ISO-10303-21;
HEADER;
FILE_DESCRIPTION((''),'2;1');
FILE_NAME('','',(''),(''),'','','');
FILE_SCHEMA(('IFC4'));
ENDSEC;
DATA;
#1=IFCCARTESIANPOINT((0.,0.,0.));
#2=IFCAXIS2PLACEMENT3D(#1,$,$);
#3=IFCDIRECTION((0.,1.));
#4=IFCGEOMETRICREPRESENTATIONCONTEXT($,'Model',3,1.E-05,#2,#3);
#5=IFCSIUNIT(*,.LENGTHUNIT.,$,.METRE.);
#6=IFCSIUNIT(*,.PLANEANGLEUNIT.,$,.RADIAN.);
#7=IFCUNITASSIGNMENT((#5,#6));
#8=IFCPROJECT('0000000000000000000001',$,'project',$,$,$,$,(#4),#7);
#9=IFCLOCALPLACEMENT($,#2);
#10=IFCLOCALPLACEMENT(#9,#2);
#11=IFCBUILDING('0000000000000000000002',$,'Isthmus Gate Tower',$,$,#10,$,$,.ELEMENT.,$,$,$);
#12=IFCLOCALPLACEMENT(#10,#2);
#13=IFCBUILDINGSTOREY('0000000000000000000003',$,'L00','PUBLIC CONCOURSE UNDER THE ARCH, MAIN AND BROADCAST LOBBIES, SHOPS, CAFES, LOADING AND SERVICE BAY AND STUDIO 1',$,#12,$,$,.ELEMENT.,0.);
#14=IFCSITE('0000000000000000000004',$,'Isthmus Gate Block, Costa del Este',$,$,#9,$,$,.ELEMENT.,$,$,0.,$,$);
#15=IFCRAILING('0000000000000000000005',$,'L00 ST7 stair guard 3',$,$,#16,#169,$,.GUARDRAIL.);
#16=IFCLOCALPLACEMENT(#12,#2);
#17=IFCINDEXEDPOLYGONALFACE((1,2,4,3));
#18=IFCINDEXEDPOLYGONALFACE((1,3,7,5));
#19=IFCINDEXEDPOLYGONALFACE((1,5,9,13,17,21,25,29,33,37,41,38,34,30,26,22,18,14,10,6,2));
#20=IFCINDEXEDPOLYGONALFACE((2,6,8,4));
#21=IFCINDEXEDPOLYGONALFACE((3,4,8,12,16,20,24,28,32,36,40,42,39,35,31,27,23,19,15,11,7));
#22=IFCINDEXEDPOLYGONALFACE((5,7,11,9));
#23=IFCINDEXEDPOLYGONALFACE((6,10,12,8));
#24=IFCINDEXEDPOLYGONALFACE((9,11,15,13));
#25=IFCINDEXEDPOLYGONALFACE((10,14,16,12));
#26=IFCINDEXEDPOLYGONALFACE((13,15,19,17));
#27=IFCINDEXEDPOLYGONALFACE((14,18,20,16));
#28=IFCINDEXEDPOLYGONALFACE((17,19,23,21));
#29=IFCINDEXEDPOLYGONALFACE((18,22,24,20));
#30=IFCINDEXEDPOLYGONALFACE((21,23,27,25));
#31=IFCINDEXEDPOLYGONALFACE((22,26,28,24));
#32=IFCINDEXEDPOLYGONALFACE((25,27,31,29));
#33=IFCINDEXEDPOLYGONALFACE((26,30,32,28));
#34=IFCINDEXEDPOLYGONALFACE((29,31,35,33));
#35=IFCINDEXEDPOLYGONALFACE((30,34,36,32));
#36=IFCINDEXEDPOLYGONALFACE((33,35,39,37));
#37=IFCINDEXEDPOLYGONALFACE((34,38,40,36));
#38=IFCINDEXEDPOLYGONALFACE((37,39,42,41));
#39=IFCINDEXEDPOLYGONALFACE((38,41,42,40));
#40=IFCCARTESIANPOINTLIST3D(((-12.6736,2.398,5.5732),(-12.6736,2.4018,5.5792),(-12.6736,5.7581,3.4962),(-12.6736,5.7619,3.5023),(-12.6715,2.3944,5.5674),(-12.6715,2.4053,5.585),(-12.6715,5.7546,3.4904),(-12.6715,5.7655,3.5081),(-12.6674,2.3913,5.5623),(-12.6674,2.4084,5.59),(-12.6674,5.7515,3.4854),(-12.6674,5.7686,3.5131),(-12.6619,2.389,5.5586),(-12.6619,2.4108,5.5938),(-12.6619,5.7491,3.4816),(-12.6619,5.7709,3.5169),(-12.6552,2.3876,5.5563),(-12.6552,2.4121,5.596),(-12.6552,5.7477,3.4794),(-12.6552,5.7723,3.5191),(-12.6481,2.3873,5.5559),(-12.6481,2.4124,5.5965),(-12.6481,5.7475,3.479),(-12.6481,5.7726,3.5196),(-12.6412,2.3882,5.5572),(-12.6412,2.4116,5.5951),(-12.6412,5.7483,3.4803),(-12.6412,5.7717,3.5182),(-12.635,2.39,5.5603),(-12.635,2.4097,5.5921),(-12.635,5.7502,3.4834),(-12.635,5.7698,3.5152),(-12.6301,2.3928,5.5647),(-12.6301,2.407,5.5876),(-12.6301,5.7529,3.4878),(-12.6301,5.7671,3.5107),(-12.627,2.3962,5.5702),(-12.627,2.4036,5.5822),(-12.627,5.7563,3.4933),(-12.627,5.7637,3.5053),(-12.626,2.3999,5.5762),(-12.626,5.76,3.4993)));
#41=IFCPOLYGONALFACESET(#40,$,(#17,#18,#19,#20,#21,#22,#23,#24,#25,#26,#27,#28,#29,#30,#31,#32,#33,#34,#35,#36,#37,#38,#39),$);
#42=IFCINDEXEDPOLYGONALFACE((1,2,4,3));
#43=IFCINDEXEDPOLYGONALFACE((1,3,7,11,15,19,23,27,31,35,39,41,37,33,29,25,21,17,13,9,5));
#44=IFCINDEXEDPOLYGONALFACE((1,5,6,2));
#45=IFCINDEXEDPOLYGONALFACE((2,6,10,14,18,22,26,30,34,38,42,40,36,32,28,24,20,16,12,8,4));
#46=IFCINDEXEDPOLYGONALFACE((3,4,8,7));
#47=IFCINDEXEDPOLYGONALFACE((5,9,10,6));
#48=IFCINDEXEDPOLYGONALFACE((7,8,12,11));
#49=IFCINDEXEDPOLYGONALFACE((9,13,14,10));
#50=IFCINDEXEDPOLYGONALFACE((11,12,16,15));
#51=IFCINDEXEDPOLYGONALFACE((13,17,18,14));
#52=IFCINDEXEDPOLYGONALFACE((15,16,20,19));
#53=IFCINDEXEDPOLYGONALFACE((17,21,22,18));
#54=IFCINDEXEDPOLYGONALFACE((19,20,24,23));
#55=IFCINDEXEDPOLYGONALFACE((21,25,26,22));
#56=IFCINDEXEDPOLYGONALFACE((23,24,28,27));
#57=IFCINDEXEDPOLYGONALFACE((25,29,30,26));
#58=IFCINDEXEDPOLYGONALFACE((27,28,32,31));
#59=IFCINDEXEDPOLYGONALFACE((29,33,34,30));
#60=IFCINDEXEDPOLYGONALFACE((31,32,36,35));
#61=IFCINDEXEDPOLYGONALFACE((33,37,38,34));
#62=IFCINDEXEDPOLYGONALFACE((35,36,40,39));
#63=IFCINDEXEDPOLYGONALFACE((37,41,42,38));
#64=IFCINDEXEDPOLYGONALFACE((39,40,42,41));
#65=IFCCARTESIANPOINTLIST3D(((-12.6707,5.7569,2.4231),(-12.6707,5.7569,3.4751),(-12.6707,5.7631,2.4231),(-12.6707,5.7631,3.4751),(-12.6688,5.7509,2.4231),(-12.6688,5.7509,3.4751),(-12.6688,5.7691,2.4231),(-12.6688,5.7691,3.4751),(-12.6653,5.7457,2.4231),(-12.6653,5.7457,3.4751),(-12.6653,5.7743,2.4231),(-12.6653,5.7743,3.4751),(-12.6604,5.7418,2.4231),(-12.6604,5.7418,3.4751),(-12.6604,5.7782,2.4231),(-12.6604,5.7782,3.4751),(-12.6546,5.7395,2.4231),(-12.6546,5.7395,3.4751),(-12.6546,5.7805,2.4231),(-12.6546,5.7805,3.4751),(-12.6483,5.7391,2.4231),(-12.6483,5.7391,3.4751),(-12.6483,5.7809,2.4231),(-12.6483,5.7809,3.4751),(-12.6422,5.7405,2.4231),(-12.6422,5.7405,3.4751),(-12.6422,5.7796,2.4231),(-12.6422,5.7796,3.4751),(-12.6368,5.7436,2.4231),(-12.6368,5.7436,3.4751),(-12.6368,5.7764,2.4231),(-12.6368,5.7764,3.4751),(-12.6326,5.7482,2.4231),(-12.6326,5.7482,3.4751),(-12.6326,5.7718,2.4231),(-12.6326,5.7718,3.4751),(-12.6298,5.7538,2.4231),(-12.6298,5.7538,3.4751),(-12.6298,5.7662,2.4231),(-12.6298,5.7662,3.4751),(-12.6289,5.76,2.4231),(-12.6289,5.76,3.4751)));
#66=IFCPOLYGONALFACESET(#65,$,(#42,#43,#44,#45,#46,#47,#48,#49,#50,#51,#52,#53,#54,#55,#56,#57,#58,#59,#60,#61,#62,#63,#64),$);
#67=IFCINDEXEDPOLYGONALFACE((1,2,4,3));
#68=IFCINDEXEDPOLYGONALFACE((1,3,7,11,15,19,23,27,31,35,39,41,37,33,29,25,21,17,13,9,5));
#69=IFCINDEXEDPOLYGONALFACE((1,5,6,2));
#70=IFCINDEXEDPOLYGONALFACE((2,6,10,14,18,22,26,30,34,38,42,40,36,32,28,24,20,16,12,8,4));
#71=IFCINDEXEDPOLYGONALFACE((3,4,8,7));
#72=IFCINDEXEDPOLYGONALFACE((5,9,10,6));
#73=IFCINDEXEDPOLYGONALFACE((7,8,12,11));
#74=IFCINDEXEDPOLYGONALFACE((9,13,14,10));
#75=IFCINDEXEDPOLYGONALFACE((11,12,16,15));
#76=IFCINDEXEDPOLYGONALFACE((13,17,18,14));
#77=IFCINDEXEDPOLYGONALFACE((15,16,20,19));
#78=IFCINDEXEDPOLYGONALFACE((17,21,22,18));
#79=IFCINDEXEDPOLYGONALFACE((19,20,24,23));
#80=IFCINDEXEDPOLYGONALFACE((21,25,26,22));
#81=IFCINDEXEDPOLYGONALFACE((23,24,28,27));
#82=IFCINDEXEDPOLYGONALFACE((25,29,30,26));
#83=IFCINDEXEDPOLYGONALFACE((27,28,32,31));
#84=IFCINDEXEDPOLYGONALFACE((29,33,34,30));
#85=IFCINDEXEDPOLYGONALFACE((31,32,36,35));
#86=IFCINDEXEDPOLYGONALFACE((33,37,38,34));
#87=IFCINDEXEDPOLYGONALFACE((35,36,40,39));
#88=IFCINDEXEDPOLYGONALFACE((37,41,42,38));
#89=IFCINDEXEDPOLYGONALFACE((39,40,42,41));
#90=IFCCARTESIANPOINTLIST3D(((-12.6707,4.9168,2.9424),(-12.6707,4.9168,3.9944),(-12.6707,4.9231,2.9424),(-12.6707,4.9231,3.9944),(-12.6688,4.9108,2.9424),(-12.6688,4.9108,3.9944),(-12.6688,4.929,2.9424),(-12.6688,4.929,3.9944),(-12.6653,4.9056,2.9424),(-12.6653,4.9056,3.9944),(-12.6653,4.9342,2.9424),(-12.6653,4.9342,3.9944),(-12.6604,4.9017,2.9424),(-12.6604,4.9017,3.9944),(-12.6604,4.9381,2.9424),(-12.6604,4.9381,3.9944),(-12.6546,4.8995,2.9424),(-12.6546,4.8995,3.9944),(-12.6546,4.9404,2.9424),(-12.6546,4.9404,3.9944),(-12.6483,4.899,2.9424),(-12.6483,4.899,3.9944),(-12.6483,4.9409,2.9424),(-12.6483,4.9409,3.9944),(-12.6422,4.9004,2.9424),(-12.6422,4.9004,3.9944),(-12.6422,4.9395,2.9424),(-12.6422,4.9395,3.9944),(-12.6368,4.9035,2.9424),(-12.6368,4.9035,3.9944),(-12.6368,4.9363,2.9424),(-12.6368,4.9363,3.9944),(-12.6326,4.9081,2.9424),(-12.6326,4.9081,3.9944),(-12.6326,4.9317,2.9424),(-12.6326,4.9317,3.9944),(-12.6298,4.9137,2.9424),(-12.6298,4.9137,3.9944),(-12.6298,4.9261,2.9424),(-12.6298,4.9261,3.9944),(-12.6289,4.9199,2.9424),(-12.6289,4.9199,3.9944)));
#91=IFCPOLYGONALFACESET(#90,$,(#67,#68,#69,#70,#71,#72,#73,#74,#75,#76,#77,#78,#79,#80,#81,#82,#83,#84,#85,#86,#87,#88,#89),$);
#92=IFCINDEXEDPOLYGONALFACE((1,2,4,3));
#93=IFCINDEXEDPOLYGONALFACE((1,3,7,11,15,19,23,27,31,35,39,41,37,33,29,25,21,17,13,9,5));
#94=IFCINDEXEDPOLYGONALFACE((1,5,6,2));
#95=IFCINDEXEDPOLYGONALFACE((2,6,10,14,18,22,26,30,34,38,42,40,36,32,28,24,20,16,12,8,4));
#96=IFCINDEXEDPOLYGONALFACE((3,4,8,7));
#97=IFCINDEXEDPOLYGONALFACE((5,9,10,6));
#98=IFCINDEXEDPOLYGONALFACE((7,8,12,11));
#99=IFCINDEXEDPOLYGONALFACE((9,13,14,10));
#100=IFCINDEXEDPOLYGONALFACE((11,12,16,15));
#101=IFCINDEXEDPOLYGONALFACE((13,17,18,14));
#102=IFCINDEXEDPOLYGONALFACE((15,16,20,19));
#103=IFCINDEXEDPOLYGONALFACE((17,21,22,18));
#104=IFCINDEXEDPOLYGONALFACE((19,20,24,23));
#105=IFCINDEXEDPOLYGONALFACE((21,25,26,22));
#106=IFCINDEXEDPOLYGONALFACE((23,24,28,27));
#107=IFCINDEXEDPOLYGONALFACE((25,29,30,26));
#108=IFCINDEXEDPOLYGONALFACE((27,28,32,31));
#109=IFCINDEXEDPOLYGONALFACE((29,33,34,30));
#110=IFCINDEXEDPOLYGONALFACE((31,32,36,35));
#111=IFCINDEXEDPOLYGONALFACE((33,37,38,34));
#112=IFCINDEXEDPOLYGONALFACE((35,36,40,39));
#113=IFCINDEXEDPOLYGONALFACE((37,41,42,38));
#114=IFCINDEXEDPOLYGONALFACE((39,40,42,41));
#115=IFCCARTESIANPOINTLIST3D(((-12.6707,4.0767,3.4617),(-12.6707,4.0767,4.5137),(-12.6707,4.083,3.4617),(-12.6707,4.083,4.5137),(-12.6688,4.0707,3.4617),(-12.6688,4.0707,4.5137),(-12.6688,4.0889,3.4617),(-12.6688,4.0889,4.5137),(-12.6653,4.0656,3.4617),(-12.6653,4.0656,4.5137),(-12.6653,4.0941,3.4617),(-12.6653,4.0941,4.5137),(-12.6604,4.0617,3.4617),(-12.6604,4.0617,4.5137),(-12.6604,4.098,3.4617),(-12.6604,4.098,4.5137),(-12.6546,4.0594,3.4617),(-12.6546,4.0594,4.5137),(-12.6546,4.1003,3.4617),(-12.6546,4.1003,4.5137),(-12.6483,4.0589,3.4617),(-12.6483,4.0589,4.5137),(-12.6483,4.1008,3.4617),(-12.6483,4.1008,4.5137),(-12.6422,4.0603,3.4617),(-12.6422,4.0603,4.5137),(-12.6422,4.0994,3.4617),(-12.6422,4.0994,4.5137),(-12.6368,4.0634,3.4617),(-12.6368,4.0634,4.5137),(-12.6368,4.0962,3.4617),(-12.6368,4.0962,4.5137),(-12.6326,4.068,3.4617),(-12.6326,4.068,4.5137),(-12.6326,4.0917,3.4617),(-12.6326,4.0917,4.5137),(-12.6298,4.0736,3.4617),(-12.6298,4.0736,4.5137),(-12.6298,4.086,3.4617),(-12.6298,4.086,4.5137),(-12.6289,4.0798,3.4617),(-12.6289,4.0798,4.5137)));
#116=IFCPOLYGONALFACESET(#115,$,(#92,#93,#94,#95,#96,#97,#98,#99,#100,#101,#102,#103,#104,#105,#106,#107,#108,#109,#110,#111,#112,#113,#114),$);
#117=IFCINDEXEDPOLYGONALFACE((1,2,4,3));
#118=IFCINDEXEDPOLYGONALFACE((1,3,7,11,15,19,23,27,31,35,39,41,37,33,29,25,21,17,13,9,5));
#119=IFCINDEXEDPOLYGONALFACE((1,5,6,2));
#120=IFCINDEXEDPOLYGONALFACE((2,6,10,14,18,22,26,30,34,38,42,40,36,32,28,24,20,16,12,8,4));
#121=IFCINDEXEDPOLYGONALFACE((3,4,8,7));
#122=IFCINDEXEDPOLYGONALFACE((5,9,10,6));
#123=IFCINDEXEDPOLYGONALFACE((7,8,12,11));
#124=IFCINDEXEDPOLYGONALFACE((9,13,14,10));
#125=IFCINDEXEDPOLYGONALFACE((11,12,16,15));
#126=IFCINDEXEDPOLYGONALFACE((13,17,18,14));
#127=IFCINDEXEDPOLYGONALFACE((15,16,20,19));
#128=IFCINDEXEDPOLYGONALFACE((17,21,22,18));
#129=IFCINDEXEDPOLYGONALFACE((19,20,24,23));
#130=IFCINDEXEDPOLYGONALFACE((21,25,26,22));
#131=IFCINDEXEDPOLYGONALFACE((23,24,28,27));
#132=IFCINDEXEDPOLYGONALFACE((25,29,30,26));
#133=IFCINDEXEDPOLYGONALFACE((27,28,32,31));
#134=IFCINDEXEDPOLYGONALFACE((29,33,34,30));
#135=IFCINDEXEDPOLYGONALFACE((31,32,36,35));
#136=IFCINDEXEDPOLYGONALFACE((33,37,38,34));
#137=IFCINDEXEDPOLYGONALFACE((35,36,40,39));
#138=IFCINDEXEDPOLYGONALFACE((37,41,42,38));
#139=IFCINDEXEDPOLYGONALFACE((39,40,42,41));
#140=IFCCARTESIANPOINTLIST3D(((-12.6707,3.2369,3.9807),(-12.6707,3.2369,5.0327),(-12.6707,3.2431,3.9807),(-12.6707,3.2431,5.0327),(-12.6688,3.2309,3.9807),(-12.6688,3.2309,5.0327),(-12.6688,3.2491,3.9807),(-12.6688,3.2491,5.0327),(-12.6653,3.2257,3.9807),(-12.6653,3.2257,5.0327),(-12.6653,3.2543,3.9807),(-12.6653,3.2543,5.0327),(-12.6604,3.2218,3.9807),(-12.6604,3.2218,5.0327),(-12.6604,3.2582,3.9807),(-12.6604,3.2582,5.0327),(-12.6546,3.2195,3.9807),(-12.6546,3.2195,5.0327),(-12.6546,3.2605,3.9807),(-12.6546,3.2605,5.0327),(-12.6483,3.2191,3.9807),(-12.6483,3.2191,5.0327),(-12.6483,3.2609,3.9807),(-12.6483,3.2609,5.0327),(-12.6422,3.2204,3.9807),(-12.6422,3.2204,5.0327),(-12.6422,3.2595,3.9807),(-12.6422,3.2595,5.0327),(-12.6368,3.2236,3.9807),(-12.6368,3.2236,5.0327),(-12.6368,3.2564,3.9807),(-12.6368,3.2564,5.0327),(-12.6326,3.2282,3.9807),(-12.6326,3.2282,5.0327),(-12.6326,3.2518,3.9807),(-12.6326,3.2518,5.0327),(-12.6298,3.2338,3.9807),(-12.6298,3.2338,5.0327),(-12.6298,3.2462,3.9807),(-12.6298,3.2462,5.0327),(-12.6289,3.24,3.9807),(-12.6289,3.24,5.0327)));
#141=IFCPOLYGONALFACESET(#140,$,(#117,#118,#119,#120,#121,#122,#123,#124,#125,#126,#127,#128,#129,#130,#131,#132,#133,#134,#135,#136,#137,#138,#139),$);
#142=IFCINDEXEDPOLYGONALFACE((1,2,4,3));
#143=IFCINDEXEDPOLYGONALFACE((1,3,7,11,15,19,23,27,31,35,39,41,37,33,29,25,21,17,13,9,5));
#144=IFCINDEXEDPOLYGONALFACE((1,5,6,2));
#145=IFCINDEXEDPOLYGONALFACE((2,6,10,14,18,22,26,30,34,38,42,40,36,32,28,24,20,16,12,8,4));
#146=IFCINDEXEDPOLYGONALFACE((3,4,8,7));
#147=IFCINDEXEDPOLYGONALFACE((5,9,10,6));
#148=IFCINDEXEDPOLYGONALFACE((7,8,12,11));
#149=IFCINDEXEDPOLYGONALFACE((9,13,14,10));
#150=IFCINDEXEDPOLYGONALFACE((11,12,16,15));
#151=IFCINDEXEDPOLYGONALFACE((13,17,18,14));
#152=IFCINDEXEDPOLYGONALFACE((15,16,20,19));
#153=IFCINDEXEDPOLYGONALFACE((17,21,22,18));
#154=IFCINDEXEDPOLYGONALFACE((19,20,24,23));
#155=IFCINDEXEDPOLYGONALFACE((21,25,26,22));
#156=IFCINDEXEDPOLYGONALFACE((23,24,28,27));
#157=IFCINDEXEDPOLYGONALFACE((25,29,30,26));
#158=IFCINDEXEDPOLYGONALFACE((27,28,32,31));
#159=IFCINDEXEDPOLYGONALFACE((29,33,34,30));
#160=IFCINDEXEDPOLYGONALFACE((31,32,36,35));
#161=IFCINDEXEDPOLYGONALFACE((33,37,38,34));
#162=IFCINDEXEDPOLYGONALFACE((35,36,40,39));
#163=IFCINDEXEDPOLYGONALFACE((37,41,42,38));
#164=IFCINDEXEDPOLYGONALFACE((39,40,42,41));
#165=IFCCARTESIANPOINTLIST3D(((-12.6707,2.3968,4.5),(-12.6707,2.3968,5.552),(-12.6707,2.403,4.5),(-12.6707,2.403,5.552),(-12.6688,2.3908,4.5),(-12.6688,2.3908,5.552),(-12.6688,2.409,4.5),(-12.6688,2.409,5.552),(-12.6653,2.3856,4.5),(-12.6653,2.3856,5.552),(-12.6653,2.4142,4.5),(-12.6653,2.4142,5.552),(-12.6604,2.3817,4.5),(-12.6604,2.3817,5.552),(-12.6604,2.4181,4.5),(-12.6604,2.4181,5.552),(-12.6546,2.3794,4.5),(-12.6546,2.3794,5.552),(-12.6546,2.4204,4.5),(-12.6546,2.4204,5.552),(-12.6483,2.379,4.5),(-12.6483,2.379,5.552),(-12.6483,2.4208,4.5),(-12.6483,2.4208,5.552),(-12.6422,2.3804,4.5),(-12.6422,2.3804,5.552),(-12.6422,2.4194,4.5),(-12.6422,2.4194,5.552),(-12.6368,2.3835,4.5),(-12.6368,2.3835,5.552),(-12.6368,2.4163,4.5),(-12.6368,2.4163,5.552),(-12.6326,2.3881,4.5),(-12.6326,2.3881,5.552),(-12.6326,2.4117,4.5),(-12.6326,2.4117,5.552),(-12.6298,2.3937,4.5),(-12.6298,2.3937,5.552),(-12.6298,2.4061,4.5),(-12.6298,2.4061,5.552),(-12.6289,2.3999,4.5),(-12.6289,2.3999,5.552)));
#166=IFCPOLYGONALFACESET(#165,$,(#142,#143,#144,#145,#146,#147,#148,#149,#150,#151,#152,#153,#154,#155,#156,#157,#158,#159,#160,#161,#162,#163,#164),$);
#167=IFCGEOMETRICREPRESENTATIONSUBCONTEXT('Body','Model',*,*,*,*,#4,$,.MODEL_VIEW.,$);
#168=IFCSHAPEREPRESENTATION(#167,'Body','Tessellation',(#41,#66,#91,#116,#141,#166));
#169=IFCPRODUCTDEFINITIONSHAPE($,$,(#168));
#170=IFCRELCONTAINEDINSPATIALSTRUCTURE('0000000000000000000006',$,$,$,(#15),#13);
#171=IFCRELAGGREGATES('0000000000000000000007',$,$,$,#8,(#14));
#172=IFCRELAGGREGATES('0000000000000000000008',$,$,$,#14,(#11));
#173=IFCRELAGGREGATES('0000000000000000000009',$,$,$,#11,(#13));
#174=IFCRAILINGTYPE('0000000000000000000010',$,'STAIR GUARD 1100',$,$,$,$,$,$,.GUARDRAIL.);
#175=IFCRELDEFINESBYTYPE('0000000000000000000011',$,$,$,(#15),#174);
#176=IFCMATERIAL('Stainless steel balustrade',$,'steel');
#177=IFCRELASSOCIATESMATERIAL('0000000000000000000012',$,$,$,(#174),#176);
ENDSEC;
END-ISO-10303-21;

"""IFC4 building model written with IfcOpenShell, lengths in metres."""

from ifc_helpers import new_model, si_unit, direction, frame, origin, origin_2d, place, context, subcontext, project, spatial, circle, extrude, material, type_object, element, save


model = new_model("IFC4")

# Units and contexts
model_context = context("Model", 3, precision=1e-05, world=origin(), true_north=direction((0.0, 1.0)))
body_context = subcontext(model_context, "Body", "Model", "MODEL_VIEW")
ifc_project = project(units=[si_unit("LENGTHUNIT", "METRE"), si_unit("PLANEANGLEUNIT", "RADIAN")], contexts=[model_context])

# Site, building, storey
site_placement = place(None, origin())
site = spatial("IfcSite", under=ifc_project, at=site_placement, Name="Isthmus Gate Block, Costa del Este", CompositionType="ELEMENT", RefElevation=0.0)
building_placement = place(site_placement, origin())
building = spatial("IfcBuilding", under=site, at=building_placement, Name="Isthmus Gate Tower", CompositionType="ELEMENT")
storey_placement = place(building_placement, origin())
storey = spatial("IfcBuildingStorey", under=building, at=storey_placement, Name="L00", Description="PUBLIC CONCOURSE UNDER THE ARCH, MAIN AND BROADCAST LOBBIES, SHOPS, CAFES, LOADING AND SERVICE BAY AND STUDIO 1", CompositionType="ELEMENT", Elevation=0.0)

# Railing
ifc_material_1 = material(Name="Stainless steel balustrade", Category="steel")
railing_type_1 = type_object("IfcRailingType", Name="STAIR GUARD 1100", PredefinedType="GUARDRAIL", material=ifc_material_1)
railing_1_placement = place(storey_placement, frame((-12.6499, 5.76, 2.4231)))
element("IfcRailing", 1, at=railing_1_placement, inside=storey, type_object=railing_type_1, Name="L00 ST7 stair guard 3", PredefinedType="GUARDRAIL", context=body_context, shape_type="SweptSolid", body=[
    extrude(circle(Radius=0.0239, at=origin_2d()), frame((0.0, 0.0, 1.0762), z_axis=(0.0, -0.850623, 0.525776), x_axis=(1.0, 0.0, 0.0)), (0.0, 0.0, 1.0), 3.9502),
    extrude(circle(Radius=0.021, at=origin_2d()), origin(), (0.0, 0.0, 1.0), 1.052),
    extrude(circle(Radius=0.021, at=origin_2d()), frame((0.0, -0.8401, 0.5193)), (0.0, 0.0, 1.0), 1.052),
    extrude(circle(Radius=0.021, at=origin_2d()), frame((0.0, -1.6802, 1.0386)), (0.0, 0.0, 1.0), 1.052),
    extrude(circle(Radius=0.021, at=origin_2d()), frame((0.0, -2.52, 1.5576)), (0.0, 0.0, 1.0), 1.052),
    extrude(circle(Radius=0.021, at=origin_2d()), frame((0.0, -3.3601, 2.0769)), (0.0, 0.0, 1.0), 1.052),
])

save(model, "model.ifc")
